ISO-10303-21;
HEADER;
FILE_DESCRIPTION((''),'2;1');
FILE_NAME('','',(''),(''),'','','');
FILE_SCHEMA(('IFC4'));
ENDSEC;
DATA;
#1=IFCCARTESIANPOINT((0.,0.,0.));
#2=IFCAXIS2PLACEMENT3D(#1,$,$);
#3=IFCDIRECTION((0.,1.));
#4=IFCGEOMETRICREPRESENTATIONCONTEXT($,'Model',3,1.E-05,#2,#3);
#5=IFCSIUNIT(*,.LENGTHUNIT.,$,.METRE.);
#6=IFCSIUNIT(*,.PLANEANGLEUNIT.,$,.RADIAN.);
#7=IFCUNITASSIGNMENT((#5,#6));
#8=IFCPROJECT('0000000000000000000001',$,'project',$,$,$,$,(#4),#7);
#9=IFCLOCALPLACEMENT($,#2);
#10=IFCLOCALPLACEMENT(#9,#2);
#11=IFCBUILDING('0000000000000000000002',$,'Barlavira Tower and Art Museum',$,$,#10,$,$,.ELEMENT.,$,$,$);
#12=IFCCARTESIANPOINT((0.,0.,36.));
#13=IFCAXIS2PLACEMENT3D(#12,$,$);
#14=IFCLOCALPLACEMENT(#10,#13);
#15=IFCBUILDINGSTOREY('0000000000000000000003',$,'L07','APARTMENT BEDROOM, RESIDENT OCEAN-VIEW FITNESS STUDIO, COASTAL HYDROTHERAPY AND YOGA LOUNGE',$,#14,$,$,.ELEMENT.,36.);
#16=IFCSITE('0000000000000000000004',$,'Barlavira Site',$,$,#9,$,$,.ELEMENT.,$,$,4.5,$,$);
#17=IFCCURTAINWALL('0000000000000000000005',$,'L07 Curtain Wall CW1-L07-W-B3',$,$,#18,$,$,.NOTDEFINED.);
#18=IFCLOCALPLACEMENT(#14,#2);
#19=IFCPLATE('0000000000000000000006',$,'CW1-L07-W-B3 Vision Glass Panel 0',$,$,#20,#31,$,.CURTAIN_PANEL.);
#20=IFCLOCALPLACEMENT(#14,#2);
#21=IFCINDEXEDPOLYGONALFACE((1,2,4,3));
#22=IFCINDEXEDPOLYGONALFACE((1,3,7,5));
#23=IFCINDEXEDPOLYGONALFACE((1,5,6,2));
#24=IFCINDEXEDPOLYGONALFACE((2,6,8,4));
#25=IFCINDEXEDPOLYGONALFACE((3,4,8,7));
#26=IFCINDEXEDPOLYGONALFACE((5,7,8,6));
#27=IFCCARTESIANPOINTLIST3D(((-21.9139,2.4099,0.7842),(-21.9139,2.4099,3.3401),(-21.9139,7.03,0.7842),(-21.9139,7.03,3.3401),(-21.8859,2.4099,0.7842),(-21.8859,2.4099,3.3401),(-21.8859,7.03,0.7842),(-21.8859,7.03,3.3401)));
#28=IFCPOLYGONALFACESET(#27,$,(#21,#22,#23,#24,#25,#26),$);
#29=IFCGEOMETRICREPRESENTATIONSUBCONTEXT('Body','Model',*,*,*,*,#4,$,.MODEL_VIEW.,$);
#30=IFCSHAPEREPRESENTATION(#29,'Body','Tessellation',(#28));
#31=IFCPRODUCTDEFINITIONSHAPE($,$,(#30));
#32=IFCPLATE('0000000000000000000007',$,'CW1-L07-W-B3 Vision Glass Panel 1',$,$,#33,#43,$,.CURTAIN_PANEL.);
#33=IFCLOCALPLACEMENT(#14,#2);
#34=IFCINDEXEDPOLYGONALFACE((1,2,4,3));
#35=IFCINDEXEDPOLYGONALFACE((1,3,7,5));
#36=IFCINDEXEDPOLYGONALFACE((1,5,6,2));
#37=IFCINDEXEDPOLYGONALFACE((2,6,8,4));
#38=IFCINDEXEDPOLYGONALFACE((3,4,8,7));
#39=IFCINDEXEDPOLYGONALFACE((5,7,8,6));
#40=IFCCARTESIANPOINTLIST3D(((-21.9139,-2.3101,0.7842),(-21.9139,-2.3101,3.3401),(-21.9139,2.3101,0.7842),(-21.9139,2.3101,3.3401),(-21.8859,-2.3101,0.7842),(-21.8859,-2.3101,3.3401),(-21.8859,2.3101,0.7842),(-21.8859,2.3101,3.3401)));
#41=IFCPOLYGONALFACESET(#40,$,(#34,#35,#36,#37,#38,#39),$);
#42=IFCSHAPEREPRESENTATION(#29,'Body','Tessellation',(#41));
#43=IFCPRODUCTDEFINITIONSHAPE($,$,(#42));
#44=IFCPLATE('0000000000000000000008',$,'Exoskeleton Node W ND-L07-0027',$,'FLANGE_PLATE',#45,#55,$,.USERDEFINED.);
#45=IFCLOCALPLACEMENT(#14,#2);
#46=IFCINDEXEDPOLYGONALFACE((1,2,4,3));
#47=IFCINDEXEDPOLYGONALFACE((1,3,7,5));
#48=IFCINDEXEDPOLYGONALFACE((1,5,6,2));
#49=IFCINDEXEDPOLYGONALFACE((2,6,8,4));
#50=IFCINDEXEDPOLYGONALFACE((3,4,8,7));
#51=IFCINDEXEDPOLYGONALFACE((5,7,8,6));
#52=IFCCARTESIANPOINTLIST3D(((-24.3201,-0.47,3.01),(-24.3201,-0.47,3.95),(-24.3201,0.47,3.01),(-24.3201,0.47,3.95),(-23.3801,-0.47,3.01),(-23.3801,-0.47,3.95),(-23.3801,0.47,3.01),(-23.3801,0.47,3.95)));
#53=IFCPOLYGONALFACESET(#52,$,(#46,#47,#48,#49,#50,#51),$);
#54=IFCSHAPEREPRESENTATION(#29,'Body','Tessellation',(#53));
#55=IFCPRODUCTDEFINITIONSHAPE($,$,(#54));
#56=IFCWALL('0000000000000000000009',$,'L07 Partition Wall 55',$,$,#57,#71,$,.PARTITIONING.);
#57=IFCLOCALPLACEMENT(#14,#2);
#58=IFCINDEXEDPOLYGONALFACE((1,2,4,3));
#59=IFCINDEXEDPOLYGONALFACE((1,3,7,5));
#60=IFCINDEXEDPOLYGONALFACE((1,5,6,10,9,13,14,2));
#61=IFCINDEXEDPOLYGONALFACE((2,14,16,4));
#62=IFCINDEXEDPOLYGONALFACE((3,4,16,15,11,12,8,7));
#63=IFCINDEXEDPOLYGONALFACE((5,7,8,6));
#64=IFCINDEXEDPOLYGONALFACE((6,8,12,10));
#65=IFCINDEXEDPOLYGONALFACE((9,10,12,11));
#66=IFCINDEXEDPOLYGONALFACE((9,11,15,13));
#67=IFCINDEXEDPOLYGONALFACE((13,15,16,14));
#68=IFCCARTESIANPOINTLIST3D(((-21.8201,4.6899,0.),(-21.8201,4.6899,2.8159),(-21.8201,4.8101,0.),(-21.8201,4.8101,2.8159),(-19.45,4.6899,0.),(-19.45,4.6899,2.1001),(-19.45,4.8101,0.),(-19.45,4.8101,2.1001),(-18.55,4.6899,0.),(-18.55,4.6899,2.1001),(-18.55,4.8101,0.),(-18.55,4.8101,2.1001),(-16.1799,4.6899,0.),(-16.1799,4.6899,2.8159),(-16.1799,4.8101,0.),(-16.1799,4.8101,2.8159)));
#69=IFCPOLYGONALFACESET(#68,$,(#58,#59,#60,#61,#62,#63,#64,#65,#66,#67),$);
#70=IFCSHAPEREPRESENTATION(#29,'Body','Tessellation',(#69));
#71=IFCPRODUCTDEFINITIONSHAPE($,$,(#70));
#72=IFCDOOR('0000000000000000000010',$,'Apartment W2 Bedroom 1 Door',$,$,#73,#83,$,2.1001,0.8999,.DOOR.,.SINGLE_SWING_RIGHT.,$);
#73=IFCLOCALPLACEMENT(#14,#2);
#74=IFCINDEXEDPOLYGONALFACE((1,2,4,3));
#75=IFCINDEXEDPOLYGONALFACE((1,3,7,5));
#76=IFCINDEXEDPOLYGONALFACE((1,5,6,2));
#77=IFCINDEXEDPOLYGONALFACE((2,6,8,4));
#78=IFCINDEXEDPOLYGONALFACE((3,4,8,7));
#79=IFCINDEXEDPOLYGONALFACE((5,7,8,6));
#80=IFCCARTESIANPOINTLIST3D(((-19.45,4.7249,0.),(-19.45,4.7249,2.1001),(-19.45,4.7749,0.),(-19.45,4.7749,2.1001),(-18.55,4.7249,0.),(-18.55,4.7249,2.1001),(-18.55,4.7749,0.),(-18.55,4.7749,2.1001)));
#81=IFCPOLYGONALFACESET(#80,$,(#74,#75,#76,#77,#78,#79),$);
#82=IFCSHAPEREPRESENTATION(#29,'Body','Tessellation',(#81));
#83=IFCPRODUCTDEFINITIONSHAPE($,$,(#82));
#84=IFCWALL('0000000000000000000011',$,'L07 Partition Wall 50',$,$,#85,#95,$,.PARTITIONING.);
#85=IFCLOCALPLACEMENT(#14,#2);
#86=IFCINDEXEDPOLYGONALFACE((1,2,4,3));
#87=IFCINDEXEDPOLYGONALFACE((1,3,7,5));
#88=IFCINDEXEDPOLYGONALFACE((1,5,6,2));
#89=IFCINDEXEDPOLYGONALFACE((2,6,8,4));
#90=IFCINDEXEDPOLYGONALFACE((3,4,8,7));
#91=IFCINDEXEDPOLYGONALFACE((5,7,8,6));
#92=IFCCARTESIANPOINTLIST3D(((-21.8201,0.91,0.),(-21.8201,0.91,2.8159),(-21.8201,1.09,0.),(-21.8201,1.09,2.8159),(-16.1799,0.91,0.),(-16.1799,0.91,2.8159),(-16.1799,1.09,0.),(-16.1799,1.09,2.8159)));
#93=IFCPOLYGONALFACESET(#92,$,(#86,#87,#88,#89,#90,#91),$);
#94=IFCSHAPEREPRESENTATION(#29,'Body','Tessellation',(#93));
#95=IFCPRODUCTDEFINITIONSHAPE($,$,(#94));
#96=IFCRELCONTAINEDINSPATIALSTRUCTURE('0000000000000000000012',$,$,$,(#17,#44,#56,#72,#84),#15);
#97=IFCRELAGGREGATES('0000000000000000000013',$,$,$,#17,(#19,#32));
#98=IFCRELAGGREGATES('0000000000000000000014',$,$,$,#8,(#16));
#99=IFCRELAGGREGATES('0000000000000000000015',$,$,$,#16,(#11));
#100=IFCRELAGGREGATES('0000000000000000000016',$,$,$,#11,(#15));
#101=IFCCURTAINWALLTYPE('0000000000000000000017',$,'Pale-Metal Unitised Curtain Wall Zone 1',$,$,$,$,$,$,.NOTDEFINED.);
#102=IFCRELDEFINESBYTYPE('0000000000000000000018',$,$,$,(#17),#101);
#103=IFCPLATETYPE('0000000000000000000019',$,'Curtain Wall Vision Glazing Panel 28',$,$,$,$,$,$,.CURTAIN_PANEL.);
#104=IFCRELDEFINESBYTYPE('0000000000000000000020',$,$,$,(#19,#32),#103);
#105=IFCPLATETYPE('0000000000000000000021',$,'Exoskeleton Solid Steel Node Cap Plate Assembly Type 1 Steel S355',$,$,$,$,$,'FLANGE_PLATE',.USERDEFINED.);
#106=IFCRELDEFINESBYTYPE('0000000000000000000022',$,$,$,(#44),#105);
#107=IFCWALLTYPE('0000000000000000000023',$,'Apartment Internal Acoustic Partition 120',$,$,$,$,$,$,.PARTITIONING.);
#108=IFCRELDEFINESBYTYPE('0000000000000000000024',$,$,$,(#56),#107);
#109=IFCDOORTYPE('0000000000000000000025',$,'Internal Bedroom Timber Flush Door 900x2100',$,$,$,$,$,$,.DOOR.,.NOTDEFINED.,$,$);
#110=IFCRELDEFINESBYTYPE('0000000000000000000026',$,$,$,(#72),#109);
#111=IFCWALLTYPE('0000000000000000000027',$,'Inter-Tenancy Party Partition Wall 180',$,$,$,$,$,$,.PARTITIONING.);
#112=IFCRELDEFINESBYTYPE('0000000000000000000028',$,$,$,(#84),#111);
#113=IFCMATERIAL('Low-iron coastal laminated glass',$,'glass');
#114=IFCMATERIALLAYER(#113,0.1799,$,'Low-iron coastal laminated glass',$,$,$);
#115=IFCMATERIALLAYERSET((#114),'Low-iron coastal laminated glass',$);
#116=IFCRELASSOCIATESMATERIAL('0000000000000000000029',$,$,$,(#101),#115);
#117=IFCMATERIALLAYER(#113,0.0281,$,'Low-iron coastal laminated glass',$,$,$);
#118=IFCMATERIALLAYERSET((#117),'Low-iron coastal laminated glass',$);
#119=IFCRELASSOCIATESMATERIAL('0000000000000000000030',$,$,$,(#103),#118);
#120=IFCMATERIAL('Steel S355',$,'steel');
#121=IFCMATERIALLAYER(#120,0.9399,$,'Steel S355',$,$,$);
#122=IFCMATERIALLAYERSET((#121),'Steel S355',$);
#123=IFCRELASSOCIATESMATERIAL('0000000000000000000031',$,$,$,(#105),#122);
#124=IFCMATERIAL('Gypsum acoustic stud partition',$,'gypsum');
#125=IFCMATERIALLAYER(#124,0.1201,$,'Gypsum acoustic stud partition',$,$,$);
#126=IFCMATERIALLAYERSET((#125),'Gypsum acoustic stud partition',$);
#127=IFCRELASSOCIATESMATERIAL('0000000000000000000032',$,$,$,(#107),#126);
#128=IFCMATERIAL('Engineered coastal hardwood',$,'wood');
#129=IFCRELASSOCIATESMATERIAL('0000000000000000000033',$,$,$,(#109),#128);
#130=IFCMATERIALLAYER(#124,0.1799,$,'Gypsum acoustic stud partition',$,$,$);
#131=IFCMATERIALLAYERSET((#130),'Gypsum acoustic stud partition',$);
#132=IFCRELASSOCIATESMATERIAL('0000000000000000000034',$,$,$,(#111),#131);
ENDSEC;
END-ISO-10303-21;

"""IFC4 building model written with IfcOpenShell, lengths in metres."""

from ifc_helpers import new_model, si_unit, direction, frame, frame_2d, origin, origin_2d, place, context, subcontext, project, spatial, rectangle, extrude, material, layer, layer_set, type_object, element, fill, aggregate, save


model = new_model("IFC4")

# Units and contexts
model_context = context("Model", 3, precision=1e-05, world=origin(), true_north=direction((0.0, 1.0)))
body_context = subcontext(model_context, "Body", "Model", "MODEL_VIEW")
ifc_project = project(units=[si_unit("LENGTHUNIT", "METRE"), si_unit("PLANEANGLEUNIT", "RADIAN")], contexts=[model_context])

# Site, building, storey
site_placement = place(None, origin())
site = spatial("IfcSite", under=ifc_project, at=site_placement, Name="Barlavira Site", CompositionType="ELEMENT", RefElevation=4.5)
building_placement = place(site_placement, origin())
building = spatial("IfcBuilding", under=site, at=building_placement, Name="Barlavira Tower and Art Museum", CompositionType="ELEMENT")
storey_placement = place(building_placement, frame((0.0, 0.0, 36.0)))
storey = spatial("IfcBuildingStorey", under=building, at=storey_placement, Name="L07", Description="APARTMENT BEDROOM, RESIDENT OCEAN-VIEW FITNESS STUDIO, COASTAL HYDROTHERAPY AND YOGA LOUNGE", CompositionType="ELEMENT", Elevation=36.0)

# Curtain wall
ifc_material_1 = material(Name="Low-iron coastal laminated glass", Category="glass")
ifc_layer_1 = layer(ifc_material_1, 0.1799, Name="Low-iron coastal laminated glass")
ifc_layer_set_1 = layer_set([ifc_layer_1], Name="Low-iron coastal laminated glass")
curtain_wall_type = type_object("IfcCurtainWallType", Name="Pale-Metal Unitised Curtain Wall Zone 1", PredefinedType="NOTDEFINED", material=ifc_layer_set_1)
curtain_wall_placement = place(storey_placement, origin())
curtain_wall = element("IfcCurtainWall", 1, at=curtain_wall_placement, inside=storey, type_object=curtain_wall_type, Name="L07 Curtain Wall CW1-L07-W-B3", PredefinedType="NOTDEFINED")

# Shared definitions
ifc_material_2 = material(Name="Steel S355", Category="steel")

# Plates
ifc_layer_2 = layer(ifc_material_1, 0.0281, Name="Low-iron coastal laminated glass")
ifc_layer_set_2 = layer_set([ifc_layer_2], Name="Low-iron coastal laminated glass")
plate_type_1 = type_object("IfcPlateType", Name="Curtain Wall Vision Glazing Panel 28", PredefinedType="CURTAIN_PANEL", material=ifc_layer_set_2)
plate_1_placement = place(storey_placement, frame((-21.8999, 4.72, 0.7842), z_axis=(0.0, 0.0, 1.0), x_axis=(0.0, -1.0, 0.0)))
plate_1 = element("IfcPlate", 2, at=plate_1_placement, type_object=plate_type_1, Name="CW1-L07-W-B3 Vision Glass Panel 0", PredefinedType="CURTAIN_PANEL", context=body_context, shape_type="SweptSolid", body=[
    extrude(rectangle(XDim=4.6201, YDim=0.0281, at=origin_2d()), origin(), (0.0, 0.0, 1.0), 2.5559),
])
plate_2_placement = place(storey_placement, frame((-21.8999, 0.0, 0.7842), z_axis=(0.0, 0.0, 1.0), x_axis=(0.0, -1.0, 0.0)))
plate_2 = element("IfcPlate", 3, at=plate_2_placement, type_object=plate_type_1, Name="CW1-L07-W-B3 Vision Glass Panel 1", PredefinedType="CURTAIN_PANEL", context=body_context, shape_type="SweptSolid", body=[
    extrude(rectangle(XDim=4.6201, YDim=0.0281, at=origin_2d()), origin(), (0.0, 0.0, 1.0), 2.5559),
])
aggregate(curtain_wall, [plate_1, plate_2])
ifc_layer_3 = layer(ifc_material_2, 0.9399, Name="Steel S355")
ifc_layer_set_3 = layer_set([ifc_layer_3], Name="Steel S355")
plate_type_2 = type_object("IfcPlateType", Name="Exoskeleton Solid Steel Node Cap Plate Assembly Type 1 Steel S355", ElementType="FLANGE_PLATE", PredefinedType="USERDEFINED", material=ifc_layer_set_3)
plate_3_placement = place(storey_placement, frame((-23.8501, 0.0, 3.01), z_axis=(0.0, 0.0, 1.0), x_axis=(1.0, 0.0, 0.0)))
element("IfcPlate", 4, at=plate_3_placement, inside=storey, type_object=plate_type_2, Name="Exoskeleton Node W ND-L07-0027", ObjectType="FLANGE_PLATE", PredefinedType="USERDEFINED", context=body_context, shape_type="SweptSolid", body=[
    extrude(rectangle(XDim=0.9399, YDim=0.9399, at=origin_2d()), origin(), (0.0, 0.0, 1.0), 0.9399),
])

# Wall, opening, door
ifc_material_3 = material(Name="Gypsum acoustic stud partition", Category="gypsum")
ifc_layer_4 = layer(ifc_material_3, 0.1201, Name="Gypsum acoustic stud partition")
ifc_layer_set_4 = layer_set([ifc_layer_4], Name="Gypsum acoustic stud partition")
wall_type_1 = type_object("IfcWallType", Name="Apartment Internal Acoustic Partition 120", PredefinedType="PARTITIONING", material=ifc_layer_set_4)
wall_1_placement = place(storey_placement, frame((-21.8201, 4.75, 0.0), z_axis=(0.0, 0.0, 1.0), x_axis=(1.0, 0.0, 0.0)))
wall_1 = element("IfcWall", 5, at=wall_1_placement, inside=storey, type_object=wall_type_1, Name="L07 Partition Wall 55", PredefinedType="PARTITIONING", context=body_context, shape_type="SweptSolid", body=[
    extrude(rectangle(XDim=5.6401, YDim=0.1201, at=frame_2d((2.8201, 0.0))), origin(), (0.0, 0.0, 1.0), 2.8159),
])
opening_placement = place(wall_1_placement, frame((2.3701, 0.0, 0.0)))
opening = element("IfcOpeningElement", 6, at=opening_placement, cuts=wall_1, PredefinedType="OPENING", context=body_context, shape_type="SweptSolid", body=[
    extrude(rectangle(XDim=0.8999, YDim=2.1001, at=frame_2d((0.45, 1.05))), frame((0.0, 0.0701, 0.0), z_axis=(0.0, -1.0, 0.0), x_axis=(1.0, 0.0, 0.0)), (0.0, 0.0, 1.0), 0.1401),
])
ifc_material_4 = material(Name="Engineered coastal hardwood", Category="wood")
door_type = type_object("IfcDoorType", Name="Internal Bedroom Timber Flush Door 900x2100", OperationType="NOTDEFINED", PredefinedType="DOOR", material=ifc_material_4)
door_placement = place(opening_placement, origin())
door = element("IfcDoor", 7, at=door_placement, inside=storey, type_object=door_type, Name="Apartment W2 Bedroom 1 Door", OperationType="SINGLE_SWING_RIGHT", OverallHeight=2.1001, OverallWidth=0.8999, PredefinedType="DOOR", context=body_context, shape_type="SweptSolid", body=[
    extrude(rectangle(XDim=0.8999, YDim=2.1001, at=frame_2d((0.45, 1.05))), frame((0.0, 0.0249, 0.0), z_axis=(0.0, -1.0, 0.0), x_axis=(1.0, 0.0, 0.0)), (0.0, 0.0, 1.0), 0.05),
])
fill(opening, door)

# Wall
ifc_layer_5 = layer(ifc_material_3, 0.1799, Name="Gypsum acoustic stud partition")
ifc_layer_set_5 = layer_set([ifc_layer_5], Name="Gypsum acoustic stud partition")
wall_type_2 = type_object("IfcWallType", Name="Inter-Tenancy Party Partition Wall 180", PredefinedType="PARTITIONING", material=ifc_layer_set_5)
wall_2_placement = place(storey_placement, frame((-21.8201, 1.0, 0.0), z_axis=(0.0, 0.0, 1.0), x_axis=(1.0, 0.0, 0.0)))
element("IfcWall", 8, at=wall_2_placement, inside=storey, type_object=wall_type_2, Name="L07 Partition Wall 50", PredefinedType="PARTITIONING", context=body_context, shape_type="SweptSolid", body=[
    extrude(rectangle(XDim=5.6401, YDim=0.1799, at=frame_2d((2.8201, 0.0))), origin(), (0.0, 0.0, 1.0), 2.8159),
])

save(model, "model.ifc")
